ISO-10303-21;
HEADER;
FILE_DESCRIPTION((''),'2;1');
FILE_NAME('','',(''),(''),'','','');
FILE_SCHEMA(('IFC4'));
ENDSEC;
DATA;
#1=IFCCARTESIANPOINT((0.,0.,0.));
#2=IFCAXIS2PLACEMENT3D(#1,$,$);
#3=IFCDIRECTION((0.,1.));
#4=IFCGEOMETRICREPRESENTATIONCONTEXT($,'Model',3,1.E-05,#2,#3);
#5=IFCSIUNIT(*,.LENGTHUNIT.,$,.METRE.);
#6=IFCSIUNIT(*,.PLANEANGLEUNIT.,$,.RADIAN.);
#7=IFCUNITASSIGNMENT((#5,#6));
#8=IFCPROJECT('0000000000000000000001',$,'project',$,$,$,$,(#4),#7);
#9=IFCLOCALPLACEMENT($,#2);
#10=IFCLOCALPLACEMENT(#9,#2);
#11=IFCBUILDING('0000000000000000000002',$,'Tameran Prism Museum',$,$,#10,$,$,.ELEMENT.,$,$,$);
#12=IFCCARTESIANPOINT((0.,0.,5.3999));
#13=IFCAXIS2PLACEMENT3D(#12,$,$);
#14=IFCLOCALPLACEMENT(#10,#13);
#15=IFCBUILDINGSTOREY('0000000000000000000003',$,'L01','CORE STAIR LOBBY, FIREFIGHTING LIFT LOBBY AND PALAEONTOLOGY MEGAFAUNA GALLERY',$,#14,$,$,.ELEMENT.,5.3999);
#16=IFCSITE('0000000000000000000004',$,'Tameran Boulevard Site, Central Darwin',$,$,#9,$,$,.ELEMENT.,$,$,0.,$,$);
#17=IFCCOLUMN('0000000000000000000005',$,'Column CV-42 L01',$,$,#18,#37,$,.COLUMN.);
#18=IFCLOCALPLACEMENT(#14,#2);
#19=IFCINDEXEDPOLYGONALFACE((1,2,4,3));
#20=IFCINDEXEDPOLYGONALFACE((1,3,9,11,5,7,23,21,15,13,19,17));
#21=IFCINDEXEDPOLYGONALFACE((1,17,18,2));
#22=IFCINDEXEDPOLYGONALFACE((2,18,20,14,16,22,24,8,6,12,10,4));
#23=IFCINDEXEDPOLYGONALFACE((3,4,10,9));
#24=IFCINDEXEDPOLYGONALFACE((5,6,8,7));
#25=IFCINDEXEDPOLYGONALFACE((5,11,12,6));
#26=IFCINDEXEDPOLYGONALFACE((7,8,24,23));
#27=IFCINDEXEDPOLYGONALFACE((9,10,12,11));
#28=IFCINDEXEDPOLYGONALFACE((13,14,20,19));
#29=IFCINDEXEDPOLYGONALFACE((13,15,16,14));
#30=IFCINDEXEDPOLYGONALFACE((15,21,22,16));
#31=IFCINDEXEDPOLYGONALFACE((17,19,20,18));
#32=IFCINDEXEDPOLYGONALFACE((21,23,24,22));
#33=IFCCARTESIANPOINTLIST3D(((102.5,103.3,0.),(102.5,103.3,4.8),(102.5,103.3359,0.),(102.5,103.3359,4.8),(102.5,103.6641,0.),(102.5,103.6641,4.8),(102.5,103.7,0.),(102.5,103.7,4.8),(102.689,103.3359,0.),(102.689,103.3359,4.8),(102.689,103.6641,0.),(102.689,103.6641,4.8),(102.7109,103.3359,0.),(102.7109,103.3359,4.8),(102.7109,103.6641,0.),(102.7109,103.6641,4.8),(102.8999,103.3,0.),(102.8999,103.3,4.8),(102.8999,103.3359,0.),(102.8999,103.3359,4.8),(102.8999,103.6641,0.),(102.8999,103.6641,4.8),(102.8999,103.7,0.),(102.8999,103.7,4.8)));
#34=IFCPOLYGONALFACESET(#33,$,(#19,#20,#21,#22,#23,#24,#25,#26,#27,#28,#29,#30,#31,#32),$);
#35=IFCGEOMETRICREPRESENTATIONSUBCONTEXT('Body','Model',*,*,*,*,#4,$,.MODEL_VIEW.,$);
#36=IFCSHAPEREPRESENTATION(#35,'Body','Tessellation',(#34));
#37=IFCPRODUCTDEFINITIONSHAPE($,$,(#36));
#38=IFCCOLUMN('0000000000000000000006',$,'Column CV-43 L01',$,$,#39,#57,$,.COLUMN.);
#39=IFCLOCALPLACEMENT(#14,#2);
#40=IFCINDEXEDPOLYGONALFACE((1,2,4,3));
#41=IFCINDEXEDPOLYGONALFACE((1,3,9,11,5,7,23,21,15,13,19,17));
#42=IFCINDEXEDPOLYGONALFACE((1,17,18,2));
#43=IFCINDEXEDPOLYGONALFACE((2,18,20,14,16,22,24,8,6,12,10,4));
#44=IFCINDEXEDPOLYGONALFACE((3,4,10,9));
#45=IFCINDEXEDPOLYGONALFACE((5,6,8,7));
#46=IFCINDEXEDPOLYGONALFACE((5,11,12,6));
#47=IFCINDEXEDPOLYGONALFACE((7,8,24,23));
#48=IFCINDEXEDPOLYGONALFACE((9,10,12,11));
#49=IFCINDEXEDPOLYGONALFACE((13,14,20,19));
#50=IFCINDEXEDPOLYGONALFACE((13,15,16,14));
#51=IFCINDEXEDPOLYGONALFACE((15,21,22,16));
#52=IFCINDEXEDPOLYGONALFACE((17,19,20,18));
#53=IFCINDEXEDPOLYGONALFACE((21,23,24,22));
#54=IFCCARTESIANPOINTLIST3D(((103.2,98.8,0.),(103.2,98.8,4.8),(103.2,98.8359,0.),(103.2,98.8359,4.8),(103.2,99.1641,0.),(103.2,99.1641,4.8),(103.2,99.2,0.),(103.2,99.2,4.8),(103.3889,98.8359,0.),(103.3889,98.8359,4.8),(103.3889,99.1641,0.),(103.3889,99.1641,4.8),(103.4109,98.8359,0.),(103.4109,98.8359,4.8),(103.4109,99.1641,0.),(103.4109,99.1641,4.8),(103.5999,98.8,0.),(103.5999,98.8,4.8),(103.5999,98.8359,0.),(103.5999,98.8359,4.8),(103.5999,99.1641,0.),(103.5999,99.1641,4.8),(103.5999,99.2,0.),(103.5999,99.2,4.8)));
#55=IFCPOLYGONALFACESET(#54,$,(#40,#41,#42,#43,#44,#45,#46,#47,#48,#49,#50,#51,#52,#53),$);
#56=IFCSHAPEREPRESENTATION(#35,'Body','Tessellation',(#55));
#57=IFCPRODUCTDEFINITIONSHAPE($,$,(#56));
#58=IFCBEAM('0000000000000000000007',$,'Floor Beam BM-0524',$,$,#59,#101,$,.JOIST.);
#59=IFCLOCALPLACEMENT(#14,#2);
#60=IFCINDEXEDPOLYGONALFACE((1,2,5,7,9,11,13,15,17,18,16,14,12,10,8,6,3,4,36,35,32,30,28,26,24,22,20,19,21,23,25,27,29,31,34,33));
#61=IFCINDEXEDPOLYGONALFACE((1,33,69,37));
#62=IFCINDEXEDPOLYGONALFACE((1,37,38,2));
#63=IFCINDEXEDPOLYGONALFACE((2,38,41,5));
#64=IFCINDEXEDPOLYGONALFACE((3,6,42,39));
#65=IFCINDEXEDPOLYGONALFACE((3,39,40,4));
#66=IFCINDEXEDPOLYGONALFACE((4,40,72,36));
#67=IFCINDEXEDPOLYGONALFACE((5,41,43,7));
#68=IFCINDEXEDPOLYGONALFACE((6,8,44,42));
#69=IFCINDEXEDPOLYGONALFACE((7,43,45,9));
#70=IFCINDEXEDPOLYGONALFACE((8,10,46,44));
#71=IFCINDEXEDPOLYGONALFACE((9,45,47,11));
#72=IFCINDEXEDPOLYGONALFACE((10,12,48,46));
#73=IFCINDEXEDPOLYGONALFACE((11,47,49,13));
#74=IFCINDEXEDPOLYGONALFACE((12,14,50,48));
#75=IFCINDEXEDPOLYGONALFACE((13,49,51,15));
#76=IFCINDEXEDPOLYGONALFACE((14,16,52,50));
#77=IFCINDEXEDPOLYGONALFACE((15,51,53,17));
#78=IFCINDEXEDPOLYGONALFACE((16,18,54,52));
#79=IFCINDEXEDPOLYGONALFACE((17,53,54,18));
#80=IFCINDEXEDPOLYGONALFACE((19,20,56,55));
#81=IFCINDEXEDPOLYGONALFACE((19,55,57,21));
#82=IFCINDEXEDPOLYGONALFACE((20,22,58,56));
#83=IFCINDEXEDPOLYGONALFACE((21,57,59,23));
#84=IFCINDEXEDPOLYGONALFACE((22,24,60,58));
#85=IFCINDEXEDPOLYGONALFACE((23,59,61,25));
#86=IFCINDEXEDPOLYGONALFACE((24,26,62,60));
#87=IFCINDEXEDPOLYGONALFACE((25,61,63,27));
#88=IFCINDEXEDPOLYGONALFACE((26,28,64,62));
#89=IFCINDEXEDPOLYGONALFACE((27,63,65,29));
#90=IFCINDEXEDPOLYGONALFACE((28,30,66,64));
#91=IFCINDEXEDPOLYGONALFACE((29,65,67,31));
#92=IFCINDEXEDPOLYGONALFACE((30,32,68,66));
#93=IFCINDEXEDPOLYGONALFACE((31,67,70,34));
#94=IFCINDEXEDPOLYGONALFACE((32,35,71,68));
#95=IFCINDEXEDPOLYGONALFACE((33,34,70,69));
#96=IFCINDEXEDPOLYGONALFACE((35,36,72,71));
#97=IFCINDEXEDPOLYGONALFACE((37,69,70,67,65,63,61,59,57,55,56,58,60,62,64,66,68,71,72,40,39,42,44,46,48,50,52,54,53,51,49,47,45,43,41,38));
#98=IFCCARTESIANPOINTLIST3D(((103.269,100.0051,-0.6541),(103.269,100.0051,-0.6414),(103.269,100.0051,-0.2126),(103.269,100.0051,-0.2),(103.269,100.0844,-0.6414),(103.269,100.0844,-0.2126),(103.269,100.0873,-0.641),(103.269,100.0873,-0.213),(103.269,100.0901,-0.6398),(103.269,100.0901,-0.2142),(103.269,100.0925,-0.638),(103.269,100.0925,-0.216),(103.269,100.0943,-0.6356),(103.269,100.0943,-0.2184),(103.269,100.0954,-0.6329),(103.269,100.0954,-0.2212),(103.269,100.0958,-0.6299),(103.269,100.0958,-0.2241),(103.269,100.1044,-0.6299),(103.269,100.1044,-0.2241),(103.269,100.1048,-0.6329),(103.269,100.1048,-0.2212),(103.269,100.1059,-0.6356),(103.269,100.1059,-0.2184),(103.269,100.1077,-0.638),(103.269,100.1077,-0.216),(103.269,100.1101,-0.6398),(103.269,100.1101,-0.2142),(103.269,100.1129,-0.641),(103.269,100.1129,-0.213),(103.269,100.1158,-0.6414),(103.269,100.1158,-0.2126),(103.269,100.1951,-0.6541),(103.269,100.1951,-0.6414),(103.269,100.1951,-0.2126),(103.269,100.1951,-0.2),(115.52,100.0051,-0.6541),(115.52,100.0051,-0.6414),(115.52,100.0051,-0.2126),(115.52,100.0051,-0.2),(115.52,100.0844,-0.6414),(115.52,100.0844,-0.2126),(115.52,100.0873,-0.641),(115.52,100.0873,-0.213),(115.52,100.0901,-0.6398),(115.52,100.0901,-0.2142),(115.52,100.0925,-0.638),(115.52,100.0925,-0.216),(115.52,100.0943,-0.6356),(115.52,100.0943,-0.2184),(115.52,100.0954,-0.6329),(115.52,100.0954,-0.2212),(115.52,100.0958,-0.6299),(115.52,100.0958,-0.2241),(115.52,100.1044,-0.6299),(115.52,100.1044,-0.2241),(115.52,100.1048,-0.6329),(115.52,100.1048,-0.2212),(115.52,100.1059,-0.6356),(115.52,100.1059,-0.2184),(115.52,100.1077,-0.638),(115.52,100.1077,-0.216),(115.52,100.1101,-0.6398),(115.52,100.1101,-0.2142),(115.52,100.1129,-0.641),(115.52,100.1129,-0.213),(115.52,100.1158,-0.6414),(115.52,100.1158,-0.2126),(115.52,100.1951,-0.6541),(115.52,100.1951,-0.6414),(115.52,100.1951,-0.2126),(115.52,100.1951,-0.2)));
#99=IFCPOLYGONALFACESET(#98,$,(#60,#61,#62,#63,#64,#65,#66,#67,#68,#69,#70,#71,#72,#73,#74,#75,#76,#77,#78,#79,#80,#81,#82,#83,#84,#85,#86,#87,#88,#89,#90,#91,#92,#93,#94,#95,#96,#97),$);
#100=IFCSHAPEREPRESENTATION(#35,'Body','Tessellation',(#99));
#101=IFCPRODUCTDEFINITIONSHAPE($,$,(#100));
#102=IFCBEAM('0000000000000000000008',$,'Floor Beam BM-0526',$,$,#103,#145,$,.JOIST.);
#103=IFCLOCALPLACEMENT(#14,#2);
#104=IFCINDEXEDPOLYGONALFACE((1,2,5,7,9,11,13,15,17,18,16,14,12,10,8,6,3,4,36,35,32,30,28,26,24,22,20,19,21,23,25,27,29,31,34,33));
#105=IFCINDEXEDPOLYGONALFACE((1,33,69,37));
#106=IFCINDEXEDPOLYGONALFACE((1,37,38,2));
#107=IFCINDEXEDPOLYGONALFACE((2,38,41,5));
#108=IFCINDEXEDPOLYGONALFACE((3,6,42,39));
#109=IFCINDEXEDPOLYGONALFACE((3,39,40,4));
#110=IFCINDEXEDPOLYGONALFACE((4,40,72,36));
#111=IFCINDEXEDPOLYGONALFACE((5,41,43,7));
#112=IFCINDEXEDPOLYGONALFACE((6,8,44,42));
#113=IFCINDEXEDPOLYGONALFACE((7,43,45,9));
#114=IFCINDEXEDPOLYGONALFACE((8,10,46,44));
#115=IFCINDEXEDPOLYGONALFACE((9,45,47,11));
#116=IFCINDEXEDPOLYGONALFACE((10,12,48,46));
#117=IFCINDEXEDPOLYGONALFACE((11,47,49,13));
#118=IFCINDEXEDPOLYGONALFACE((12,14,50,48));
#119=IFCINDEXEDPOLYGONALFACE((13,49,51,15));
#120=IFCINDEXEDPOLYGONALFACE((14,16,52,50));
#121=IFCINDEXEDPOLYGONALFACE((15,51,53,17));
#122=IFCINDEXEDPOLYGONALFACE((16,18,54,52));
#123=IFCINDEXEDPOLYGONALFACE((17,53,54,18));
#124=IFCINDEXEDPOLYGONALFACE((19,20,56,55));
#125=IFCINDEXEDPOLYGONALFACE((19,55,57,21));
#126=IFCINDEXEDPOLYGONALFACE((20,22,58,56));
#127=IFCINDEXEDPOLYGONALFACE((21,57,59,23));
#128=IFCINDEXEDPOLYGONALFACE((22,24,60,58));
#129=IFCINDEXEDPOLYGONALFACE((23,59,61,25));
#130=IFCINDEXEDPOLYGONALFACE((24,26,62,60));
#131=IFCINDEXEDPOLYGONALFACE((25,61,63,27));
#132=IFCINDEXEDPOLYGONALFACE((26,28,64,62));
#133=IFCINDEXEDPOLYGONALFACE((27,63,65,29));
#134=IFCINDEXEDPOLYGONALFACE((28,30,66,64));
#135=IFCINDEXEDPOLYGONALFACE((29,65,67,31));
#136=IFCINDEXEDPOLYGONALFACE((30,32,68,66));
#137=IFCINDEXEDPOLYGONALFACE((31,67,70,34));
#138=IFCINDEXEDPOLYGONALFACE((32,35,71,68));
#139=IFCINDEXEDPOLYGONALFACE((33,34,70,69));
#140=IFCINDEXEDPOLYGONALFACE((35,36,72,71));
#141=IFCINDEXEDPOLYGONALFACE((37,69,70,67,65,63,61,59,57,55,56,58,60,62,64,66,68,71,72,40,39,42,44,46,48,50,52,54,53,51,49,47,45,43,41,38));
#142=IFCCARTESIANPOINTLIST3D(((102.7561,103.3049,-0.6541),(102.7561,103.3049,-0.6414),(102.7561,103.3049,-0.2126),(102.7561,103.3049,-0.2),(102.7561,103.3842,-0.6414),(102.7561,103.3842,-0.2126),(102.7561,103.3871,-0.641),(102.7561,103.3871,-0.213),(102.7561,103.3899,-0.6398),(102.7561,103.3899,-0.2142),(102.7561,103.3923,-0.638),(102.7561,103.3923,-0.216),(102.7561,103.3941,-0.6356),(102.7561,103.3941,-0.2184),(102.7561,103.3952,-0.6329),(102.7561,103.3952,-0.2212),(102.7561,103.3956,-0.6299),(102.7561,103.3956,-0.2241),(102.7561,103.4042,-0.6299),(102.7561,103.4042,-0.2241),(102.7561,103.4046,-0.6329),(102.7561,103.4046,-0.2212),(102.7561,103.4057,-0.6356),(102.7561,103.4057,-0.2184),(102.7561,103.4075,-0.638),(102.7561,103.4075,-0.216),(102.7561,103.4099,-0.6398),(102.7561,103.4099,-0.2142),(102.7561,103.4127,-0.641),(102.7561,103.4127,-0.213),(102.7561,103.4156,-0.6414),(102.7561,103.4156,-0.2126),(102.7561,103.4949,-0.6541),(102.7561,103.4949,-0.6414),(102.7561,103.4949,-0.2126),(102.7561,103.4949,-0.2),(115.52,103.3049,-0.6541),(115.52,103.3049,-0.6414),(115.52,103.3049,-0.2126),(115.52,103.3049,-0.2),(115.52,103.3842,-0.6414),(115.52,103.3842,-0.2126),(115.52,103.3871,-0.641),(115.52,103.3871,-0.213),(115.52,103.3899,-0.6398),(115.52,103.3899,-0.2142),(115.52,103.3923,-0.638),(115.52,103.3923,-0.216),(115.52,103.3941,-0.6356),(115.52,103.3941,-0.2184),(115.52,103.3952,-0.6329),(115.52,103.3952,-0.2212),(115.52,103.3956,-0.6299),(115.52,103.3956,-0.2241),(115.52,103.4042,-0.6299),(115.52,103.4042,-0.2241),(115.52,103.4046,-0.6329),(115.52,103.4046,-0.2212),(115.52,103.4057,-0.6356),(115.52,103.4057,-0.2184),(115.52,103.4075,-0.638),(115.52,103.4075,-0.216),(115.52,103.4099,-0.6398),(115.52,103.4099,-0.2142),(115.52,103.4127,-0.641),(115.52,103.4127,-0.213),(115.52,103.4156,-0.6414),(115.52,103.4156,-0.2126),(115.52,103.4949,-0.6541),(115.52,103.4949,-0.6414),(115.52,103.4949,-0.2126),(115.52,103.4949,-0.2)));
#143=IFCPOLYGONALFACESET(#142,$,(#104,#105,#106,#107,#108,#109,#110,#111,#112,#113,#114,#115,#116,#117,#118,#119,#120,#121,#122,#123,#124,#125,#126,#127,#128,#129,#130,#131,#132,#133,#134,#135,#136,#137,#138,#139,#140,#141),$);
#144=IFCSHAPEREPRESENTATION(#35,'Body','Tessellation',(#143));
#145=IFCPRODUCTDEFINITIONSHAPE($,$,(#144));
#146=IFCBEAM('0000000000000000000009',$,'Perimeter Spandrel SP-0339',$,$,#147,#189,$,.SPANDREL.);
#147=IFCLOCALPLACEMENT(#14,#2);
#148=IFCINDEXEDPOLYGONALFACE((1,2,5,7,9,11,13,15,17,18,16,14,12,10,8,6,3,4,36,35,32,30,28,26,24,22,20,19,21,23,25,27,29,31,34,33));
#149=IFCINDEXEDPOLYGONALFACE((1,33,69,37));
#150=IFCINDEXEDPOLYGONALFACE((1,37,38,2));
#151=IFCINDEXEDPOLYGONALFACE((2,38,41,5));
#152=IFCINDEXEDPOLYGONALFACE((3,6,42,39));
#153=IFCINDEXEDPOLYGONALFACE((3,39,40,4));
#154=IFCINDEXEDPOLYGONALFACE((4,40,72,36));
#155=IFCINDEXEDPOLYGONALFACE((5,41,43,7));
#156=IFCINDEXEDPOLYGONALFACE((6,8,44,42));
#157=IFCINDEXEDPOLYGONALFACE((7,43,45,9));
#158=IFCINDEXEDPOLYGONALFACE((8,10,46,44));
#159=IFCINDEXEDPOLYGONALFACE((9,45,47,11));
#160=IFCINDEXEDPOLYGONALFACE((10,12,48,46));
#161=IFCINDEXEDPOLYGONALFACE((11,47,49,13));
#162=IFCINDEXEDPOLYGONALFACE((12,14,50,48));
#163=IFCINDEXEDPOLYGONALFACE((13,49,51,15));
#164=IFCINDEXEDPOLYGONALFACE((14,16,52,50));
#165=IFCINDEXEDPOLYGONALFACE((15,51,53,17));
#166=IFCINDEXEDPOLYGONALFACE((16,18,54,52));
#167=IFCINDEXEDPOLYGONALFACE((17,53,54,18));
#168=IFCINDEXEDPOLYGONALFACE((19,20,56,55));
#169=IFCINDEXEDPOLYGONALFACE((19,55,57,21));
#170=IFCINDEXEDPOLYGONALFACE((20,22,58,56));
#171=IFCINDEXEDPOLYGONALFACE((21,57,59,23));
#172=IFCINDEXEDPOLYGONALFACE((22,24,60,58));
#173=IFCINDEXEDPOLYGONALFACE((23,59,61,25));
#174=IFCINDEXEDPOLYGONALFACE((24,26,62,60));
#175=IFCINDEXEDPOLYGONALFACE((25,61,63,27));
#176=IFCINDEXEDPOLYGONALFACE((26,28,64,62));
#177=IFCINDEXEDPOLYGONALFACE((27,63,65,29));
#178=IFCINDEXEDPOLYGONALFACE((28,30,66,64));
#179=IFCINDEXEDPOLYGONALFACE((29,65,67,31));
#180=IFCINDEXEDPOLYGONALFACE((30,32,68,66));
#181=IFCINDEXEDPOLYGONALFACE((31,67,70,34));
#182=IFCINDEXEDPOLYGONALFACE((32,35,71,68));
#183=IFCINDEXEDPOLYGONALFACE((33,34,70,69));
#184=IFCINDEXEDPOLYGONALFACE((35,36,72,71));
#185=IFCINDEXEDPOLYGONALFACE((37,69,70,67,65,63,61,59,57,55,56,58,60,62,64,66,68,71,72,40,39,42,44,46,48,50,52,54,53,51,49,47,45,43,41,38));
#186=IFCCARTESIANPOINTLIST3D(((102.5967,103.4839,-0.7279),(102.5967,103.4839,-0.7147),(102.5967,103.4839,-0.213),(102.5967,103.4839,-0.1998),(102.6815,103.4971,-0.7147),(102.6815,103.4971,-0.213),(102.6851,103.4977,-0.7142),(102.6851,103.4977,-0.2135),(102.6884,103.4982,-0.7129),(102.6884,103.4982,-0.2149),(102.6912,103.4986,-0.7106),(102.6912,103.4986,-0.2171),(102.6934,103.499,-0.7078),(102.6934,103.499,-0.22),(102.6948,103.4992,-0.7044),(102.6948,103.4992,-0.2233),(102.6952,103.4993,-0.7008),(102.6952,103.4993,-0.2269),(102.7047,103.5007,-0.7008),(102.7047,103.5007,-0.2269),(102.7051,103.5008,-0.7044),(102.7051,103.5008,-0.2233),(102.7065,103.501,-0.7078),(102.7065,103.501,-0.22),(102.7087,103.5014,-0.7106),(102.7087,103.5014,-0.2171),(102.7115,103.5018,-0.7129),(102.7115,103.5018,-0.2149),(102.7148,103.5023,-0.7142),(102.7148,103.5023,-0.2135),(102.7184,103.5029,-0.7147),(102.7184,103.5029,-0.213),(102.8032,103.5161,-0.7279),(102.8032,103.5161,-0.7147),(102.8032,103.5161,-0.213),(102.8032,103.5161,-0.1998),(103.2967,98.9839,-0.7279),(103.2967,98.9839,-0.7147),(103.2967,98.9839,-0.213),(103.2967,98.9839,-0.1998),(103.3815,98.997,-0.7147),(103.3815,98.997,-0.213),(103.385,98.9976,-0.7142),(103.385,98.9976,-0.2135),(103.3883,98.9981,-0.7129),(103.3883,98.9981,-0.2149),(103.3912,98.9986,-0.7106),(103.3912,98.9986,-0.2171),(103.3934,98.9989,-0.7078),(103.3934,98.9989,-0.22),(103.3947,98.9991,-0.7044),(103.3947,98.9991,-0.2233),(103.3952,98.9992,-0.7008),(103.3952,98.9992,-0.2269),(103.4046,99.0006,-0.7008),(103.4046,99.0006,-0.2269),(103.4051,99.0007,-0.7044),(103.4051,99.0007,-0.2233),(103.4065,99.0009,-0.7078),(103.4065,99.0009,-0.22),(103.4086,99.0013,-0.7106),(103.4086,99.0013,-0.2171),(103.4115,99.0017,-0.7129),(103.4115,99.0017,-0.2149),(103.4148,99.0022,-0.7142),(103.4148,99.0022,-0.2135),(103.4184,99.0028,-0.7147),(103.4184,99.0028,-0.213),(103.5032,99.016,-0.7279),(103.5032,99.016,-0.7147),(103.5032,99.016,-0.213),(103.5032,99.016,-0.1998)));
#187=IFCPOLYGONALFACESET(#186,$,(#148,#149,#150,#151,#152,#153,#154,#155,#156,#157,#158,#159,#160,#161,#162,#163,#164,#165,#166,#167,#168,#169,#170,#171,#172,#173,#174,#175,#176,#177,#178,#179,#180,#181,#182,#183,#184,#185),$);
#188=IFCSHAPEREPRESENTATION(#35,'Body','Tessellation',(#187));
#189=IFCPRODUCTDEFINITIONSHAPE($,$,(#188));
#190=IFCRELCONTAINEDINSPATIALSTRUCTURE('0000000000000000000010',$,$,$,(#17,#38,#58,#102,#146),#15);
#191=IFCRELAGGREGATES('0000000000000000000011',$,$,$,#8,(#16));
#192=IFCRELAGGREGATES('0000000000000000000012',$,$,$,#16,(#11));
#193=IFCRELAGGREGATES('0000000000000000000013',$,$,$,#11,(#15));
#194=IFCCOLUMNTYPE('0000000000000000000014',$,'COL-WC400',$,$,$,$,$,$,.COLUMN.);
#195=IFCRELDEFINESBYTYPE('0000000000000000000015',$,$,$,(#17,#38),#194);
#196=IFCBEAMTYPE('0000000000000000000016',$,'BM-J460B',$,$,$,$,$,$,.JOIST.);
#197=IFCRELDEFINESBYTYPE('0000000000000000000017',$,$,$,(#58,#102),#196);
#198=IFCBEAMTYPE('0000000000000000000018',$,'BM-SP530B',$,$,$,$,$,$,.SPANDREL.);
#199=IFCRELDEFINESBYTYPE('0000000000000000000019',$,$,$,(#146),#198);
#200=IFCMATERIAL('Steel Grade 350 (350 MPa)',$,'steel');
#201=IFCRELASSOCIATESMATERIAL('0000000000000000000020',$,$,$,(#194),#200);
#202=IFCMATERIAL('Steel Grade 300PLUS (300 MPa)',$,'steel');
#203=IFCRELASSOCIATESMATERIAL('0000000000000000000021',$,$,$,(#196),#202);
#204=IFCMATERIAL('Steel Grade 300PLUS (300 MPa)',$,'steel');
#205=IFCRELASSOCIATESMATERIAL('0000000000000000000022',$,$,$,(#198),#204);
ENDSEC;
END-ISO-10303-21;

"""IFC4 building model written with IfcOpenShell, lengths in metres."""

from ifc_helpers import new_model, si_unit, direction, frame, origin, origin_2d, place, context, subcontext, project, spatial, i_section, extrude, material, material_profile, profile_set, type_object, element, save


model = new_model("IFC4")

# Units and contexts
model_context = context("Model", 3, precision=1e-05, world=origin(), true_north=direction((0.0, 1.0)))
body_context = subcontext(model_context, "Body", "Model", "MODEL_VIEW")
ifc_project = project(units=[si_unit("LENGTHUNIT", "METRE"), si_unit("PLANEANGLEUNIT", "RADIAN")], contexts=[model_context])

# Site, building, storey
site_placement = place(None, origin())
site = spatial("IfcSite", under=ifc_project, at=site_placement, Name="Tameran Boulevard Site, Central Darwin", CompositionType="ELEMENT", RefElevation=0.0)
building_placement = place(site_placement, origin())
building = spatial("IfcBuilding", under=site, at=building_placement, Name="Tameran Prism Museum", CompositionType="ELEMENT")
storey_placement = place(building_placement, frame((0.0, 0.0, 5.3999)))
storey = spatial("IfcBuildingStorey", under=building, at=storey_placement, Name="L01", Description="CORE STAIR LOBBY, FIREFIGHTING LIFT LOBBY AND PALAEONTOLOGY MEGAFAUNA GALLERY", CompositionType="ELEMENT", Elevation=5.3999)

# Columns
ifc_material_1 = material(Name="Steel Grade 350 (350 MPa)", Category="steel")
ifc_material_profile_1 = material_profile(ifc_material_1, i_section(OverallWidth=0.3999, OverallDepth=0.3999, WebThickness=0.022, FlangeThickness=0.0359, at=origin_2d()))
ifc_profile_set_1 = profile_set([ifc_material_profile_1])
column_type = type_object("IfcColumnType", Name="COL-WC400", PredefinedType="COLUMN", material=ifc_profile_set_1)
for number, where, z_axis, x_axis, name in (
    (1, (102.7, 103.5, 0.0), (0.0, 0.0, 1.0), (1.0, 0.0, 0.0), "Column CV-42 L01"),
    (2, (103.3999, 99.0, 0.0), (0.0, 0.0, 1.0), (1.0, 0.0, 0.0), "Column CV-43 L01"),
):
    element("IfcColumn", number, at=place(storey_placement, frame(where, z_axis=z_axis, x_axis=x_axis)), inside=storey, type_object=column_type, Name=name, PredefinedType="COLUMN", context=body_context, shape_type="SweptSolid", body=[
        extrude(i_section(OverallWidth=0.3999, OverallDepth=0.3999, WebThickness=0.022, FlangeThickness=0.0359, at=origin_2d()), origin(), (0.0, 0.0, 1.0), 4.8),
    ])

# Beams
ifc_material_2 = material(Name="Steel Grade 300PLUS (300 MPa)", Category="steel")
ifc_material_profile_2 = material_profile(ifc_material_2, i_section(OverallWidth=0.1899, OverallDepth=0.4541, WebThickness=0.0085, FlangeThickness=0.0127, FilletRadius=0.0115, at=origin_2d()))
ifc_profile_set_2 = profile_set([ifc_material_profile_2])
beam_type_1 = type_object("IfcBeamType", Name="BM-J460B", PredefinedType="JOIST", material=ifc_profile_set_2)
beam_1_placement = place(storey_placement, frame((103.269, 100.1001, -0.427), z_axis=(1.0, 0.0, 0.0), x_axis=(0.0, 1.0, 0.0)))
element("IfcBeam", 3, at=beam_1_placement, inside=storey, type_object=beam_type_1, Name="Floor Beam BM-0524", PredefinedType="JOIST", context=body_context, shape_type="SweptSolid", body=[
    extrude(i_section(OverallWidth=0.1899, OverallDepth=0.4541, WebThickness=0.0085, FlangeThickness=0.0127, FilletRadius=0.0115, at=origin_2d()), origin(), (0.0, 0.0, 1.0), 12.251),
])
beam_2_placement = place(storey_placement, frame((102.7561, 103.3999, -0.427), z_axis=(1.0, 0.0, 0.0), x_axis=(0.0, 1.0, 0.0)))
element("IfcBeam", 4, at=beam_2_placement, inside=storey, type_object=beam_type_1, Name="Floor Beam BM-0526", PredefinedType="JOIST", context=body_context, shape_type="SweptSolid", body=[
    extrude(i_section(OverallWidth=0.1899, OverallDepth=0.4541, WebThickness=0.0085, FlangeThickness=0.0127, FilletRadius=0.0115, at=origin_2d()), origin(), (0.0, 0.0, 1.0), 12.7639),
])
ifc_material_3 = material(Name="Steel Grade 300PLUS (300 MPa)", Category="steel")
ifc_material_profile_3 = material_profile(ifc_material_3, i_section(OverallWidth=0.209, OverallDepth=0.5281, WebThickness=0.0095, FlangeThickness=0.0132, FilletRadius=0.0139, at=origin_2d()))
ifc_profile_set_3 = profile_set([ifc_material_profile_3])
beam_type_2 = type_object("IfcBeamType", Name="BM-SP530B", PredefinedType="SPANDREL", material=ifc_profile_set_3)
beam_3_placement = place(storey_placement, frame((102.7, 103.5, -0.4639), z_axis=(0.153697, -0.988118, 0.0), x_axis=(0.988118, 0.153697, 0.0)))
element("IfcBeam", 5, at=beam_3_placement, inside=storey, type_object=beam_type_2, Name="Perimeter Spandrel SP-0339", PredefinedType="SPANDREL", context=body_context, shape_type="SweptSolid", body=[
    extrude(i_section(OverallWidth=0.209, OverallDepth=0.5281, WebThickness=0.0095, FlangeThickness=0.0132, FilletRadius=0.0139, at=origin_2d()), origin(), (0.0, 0.0, 1.0), 4.5542),
])

save(model, "model.ifc")
